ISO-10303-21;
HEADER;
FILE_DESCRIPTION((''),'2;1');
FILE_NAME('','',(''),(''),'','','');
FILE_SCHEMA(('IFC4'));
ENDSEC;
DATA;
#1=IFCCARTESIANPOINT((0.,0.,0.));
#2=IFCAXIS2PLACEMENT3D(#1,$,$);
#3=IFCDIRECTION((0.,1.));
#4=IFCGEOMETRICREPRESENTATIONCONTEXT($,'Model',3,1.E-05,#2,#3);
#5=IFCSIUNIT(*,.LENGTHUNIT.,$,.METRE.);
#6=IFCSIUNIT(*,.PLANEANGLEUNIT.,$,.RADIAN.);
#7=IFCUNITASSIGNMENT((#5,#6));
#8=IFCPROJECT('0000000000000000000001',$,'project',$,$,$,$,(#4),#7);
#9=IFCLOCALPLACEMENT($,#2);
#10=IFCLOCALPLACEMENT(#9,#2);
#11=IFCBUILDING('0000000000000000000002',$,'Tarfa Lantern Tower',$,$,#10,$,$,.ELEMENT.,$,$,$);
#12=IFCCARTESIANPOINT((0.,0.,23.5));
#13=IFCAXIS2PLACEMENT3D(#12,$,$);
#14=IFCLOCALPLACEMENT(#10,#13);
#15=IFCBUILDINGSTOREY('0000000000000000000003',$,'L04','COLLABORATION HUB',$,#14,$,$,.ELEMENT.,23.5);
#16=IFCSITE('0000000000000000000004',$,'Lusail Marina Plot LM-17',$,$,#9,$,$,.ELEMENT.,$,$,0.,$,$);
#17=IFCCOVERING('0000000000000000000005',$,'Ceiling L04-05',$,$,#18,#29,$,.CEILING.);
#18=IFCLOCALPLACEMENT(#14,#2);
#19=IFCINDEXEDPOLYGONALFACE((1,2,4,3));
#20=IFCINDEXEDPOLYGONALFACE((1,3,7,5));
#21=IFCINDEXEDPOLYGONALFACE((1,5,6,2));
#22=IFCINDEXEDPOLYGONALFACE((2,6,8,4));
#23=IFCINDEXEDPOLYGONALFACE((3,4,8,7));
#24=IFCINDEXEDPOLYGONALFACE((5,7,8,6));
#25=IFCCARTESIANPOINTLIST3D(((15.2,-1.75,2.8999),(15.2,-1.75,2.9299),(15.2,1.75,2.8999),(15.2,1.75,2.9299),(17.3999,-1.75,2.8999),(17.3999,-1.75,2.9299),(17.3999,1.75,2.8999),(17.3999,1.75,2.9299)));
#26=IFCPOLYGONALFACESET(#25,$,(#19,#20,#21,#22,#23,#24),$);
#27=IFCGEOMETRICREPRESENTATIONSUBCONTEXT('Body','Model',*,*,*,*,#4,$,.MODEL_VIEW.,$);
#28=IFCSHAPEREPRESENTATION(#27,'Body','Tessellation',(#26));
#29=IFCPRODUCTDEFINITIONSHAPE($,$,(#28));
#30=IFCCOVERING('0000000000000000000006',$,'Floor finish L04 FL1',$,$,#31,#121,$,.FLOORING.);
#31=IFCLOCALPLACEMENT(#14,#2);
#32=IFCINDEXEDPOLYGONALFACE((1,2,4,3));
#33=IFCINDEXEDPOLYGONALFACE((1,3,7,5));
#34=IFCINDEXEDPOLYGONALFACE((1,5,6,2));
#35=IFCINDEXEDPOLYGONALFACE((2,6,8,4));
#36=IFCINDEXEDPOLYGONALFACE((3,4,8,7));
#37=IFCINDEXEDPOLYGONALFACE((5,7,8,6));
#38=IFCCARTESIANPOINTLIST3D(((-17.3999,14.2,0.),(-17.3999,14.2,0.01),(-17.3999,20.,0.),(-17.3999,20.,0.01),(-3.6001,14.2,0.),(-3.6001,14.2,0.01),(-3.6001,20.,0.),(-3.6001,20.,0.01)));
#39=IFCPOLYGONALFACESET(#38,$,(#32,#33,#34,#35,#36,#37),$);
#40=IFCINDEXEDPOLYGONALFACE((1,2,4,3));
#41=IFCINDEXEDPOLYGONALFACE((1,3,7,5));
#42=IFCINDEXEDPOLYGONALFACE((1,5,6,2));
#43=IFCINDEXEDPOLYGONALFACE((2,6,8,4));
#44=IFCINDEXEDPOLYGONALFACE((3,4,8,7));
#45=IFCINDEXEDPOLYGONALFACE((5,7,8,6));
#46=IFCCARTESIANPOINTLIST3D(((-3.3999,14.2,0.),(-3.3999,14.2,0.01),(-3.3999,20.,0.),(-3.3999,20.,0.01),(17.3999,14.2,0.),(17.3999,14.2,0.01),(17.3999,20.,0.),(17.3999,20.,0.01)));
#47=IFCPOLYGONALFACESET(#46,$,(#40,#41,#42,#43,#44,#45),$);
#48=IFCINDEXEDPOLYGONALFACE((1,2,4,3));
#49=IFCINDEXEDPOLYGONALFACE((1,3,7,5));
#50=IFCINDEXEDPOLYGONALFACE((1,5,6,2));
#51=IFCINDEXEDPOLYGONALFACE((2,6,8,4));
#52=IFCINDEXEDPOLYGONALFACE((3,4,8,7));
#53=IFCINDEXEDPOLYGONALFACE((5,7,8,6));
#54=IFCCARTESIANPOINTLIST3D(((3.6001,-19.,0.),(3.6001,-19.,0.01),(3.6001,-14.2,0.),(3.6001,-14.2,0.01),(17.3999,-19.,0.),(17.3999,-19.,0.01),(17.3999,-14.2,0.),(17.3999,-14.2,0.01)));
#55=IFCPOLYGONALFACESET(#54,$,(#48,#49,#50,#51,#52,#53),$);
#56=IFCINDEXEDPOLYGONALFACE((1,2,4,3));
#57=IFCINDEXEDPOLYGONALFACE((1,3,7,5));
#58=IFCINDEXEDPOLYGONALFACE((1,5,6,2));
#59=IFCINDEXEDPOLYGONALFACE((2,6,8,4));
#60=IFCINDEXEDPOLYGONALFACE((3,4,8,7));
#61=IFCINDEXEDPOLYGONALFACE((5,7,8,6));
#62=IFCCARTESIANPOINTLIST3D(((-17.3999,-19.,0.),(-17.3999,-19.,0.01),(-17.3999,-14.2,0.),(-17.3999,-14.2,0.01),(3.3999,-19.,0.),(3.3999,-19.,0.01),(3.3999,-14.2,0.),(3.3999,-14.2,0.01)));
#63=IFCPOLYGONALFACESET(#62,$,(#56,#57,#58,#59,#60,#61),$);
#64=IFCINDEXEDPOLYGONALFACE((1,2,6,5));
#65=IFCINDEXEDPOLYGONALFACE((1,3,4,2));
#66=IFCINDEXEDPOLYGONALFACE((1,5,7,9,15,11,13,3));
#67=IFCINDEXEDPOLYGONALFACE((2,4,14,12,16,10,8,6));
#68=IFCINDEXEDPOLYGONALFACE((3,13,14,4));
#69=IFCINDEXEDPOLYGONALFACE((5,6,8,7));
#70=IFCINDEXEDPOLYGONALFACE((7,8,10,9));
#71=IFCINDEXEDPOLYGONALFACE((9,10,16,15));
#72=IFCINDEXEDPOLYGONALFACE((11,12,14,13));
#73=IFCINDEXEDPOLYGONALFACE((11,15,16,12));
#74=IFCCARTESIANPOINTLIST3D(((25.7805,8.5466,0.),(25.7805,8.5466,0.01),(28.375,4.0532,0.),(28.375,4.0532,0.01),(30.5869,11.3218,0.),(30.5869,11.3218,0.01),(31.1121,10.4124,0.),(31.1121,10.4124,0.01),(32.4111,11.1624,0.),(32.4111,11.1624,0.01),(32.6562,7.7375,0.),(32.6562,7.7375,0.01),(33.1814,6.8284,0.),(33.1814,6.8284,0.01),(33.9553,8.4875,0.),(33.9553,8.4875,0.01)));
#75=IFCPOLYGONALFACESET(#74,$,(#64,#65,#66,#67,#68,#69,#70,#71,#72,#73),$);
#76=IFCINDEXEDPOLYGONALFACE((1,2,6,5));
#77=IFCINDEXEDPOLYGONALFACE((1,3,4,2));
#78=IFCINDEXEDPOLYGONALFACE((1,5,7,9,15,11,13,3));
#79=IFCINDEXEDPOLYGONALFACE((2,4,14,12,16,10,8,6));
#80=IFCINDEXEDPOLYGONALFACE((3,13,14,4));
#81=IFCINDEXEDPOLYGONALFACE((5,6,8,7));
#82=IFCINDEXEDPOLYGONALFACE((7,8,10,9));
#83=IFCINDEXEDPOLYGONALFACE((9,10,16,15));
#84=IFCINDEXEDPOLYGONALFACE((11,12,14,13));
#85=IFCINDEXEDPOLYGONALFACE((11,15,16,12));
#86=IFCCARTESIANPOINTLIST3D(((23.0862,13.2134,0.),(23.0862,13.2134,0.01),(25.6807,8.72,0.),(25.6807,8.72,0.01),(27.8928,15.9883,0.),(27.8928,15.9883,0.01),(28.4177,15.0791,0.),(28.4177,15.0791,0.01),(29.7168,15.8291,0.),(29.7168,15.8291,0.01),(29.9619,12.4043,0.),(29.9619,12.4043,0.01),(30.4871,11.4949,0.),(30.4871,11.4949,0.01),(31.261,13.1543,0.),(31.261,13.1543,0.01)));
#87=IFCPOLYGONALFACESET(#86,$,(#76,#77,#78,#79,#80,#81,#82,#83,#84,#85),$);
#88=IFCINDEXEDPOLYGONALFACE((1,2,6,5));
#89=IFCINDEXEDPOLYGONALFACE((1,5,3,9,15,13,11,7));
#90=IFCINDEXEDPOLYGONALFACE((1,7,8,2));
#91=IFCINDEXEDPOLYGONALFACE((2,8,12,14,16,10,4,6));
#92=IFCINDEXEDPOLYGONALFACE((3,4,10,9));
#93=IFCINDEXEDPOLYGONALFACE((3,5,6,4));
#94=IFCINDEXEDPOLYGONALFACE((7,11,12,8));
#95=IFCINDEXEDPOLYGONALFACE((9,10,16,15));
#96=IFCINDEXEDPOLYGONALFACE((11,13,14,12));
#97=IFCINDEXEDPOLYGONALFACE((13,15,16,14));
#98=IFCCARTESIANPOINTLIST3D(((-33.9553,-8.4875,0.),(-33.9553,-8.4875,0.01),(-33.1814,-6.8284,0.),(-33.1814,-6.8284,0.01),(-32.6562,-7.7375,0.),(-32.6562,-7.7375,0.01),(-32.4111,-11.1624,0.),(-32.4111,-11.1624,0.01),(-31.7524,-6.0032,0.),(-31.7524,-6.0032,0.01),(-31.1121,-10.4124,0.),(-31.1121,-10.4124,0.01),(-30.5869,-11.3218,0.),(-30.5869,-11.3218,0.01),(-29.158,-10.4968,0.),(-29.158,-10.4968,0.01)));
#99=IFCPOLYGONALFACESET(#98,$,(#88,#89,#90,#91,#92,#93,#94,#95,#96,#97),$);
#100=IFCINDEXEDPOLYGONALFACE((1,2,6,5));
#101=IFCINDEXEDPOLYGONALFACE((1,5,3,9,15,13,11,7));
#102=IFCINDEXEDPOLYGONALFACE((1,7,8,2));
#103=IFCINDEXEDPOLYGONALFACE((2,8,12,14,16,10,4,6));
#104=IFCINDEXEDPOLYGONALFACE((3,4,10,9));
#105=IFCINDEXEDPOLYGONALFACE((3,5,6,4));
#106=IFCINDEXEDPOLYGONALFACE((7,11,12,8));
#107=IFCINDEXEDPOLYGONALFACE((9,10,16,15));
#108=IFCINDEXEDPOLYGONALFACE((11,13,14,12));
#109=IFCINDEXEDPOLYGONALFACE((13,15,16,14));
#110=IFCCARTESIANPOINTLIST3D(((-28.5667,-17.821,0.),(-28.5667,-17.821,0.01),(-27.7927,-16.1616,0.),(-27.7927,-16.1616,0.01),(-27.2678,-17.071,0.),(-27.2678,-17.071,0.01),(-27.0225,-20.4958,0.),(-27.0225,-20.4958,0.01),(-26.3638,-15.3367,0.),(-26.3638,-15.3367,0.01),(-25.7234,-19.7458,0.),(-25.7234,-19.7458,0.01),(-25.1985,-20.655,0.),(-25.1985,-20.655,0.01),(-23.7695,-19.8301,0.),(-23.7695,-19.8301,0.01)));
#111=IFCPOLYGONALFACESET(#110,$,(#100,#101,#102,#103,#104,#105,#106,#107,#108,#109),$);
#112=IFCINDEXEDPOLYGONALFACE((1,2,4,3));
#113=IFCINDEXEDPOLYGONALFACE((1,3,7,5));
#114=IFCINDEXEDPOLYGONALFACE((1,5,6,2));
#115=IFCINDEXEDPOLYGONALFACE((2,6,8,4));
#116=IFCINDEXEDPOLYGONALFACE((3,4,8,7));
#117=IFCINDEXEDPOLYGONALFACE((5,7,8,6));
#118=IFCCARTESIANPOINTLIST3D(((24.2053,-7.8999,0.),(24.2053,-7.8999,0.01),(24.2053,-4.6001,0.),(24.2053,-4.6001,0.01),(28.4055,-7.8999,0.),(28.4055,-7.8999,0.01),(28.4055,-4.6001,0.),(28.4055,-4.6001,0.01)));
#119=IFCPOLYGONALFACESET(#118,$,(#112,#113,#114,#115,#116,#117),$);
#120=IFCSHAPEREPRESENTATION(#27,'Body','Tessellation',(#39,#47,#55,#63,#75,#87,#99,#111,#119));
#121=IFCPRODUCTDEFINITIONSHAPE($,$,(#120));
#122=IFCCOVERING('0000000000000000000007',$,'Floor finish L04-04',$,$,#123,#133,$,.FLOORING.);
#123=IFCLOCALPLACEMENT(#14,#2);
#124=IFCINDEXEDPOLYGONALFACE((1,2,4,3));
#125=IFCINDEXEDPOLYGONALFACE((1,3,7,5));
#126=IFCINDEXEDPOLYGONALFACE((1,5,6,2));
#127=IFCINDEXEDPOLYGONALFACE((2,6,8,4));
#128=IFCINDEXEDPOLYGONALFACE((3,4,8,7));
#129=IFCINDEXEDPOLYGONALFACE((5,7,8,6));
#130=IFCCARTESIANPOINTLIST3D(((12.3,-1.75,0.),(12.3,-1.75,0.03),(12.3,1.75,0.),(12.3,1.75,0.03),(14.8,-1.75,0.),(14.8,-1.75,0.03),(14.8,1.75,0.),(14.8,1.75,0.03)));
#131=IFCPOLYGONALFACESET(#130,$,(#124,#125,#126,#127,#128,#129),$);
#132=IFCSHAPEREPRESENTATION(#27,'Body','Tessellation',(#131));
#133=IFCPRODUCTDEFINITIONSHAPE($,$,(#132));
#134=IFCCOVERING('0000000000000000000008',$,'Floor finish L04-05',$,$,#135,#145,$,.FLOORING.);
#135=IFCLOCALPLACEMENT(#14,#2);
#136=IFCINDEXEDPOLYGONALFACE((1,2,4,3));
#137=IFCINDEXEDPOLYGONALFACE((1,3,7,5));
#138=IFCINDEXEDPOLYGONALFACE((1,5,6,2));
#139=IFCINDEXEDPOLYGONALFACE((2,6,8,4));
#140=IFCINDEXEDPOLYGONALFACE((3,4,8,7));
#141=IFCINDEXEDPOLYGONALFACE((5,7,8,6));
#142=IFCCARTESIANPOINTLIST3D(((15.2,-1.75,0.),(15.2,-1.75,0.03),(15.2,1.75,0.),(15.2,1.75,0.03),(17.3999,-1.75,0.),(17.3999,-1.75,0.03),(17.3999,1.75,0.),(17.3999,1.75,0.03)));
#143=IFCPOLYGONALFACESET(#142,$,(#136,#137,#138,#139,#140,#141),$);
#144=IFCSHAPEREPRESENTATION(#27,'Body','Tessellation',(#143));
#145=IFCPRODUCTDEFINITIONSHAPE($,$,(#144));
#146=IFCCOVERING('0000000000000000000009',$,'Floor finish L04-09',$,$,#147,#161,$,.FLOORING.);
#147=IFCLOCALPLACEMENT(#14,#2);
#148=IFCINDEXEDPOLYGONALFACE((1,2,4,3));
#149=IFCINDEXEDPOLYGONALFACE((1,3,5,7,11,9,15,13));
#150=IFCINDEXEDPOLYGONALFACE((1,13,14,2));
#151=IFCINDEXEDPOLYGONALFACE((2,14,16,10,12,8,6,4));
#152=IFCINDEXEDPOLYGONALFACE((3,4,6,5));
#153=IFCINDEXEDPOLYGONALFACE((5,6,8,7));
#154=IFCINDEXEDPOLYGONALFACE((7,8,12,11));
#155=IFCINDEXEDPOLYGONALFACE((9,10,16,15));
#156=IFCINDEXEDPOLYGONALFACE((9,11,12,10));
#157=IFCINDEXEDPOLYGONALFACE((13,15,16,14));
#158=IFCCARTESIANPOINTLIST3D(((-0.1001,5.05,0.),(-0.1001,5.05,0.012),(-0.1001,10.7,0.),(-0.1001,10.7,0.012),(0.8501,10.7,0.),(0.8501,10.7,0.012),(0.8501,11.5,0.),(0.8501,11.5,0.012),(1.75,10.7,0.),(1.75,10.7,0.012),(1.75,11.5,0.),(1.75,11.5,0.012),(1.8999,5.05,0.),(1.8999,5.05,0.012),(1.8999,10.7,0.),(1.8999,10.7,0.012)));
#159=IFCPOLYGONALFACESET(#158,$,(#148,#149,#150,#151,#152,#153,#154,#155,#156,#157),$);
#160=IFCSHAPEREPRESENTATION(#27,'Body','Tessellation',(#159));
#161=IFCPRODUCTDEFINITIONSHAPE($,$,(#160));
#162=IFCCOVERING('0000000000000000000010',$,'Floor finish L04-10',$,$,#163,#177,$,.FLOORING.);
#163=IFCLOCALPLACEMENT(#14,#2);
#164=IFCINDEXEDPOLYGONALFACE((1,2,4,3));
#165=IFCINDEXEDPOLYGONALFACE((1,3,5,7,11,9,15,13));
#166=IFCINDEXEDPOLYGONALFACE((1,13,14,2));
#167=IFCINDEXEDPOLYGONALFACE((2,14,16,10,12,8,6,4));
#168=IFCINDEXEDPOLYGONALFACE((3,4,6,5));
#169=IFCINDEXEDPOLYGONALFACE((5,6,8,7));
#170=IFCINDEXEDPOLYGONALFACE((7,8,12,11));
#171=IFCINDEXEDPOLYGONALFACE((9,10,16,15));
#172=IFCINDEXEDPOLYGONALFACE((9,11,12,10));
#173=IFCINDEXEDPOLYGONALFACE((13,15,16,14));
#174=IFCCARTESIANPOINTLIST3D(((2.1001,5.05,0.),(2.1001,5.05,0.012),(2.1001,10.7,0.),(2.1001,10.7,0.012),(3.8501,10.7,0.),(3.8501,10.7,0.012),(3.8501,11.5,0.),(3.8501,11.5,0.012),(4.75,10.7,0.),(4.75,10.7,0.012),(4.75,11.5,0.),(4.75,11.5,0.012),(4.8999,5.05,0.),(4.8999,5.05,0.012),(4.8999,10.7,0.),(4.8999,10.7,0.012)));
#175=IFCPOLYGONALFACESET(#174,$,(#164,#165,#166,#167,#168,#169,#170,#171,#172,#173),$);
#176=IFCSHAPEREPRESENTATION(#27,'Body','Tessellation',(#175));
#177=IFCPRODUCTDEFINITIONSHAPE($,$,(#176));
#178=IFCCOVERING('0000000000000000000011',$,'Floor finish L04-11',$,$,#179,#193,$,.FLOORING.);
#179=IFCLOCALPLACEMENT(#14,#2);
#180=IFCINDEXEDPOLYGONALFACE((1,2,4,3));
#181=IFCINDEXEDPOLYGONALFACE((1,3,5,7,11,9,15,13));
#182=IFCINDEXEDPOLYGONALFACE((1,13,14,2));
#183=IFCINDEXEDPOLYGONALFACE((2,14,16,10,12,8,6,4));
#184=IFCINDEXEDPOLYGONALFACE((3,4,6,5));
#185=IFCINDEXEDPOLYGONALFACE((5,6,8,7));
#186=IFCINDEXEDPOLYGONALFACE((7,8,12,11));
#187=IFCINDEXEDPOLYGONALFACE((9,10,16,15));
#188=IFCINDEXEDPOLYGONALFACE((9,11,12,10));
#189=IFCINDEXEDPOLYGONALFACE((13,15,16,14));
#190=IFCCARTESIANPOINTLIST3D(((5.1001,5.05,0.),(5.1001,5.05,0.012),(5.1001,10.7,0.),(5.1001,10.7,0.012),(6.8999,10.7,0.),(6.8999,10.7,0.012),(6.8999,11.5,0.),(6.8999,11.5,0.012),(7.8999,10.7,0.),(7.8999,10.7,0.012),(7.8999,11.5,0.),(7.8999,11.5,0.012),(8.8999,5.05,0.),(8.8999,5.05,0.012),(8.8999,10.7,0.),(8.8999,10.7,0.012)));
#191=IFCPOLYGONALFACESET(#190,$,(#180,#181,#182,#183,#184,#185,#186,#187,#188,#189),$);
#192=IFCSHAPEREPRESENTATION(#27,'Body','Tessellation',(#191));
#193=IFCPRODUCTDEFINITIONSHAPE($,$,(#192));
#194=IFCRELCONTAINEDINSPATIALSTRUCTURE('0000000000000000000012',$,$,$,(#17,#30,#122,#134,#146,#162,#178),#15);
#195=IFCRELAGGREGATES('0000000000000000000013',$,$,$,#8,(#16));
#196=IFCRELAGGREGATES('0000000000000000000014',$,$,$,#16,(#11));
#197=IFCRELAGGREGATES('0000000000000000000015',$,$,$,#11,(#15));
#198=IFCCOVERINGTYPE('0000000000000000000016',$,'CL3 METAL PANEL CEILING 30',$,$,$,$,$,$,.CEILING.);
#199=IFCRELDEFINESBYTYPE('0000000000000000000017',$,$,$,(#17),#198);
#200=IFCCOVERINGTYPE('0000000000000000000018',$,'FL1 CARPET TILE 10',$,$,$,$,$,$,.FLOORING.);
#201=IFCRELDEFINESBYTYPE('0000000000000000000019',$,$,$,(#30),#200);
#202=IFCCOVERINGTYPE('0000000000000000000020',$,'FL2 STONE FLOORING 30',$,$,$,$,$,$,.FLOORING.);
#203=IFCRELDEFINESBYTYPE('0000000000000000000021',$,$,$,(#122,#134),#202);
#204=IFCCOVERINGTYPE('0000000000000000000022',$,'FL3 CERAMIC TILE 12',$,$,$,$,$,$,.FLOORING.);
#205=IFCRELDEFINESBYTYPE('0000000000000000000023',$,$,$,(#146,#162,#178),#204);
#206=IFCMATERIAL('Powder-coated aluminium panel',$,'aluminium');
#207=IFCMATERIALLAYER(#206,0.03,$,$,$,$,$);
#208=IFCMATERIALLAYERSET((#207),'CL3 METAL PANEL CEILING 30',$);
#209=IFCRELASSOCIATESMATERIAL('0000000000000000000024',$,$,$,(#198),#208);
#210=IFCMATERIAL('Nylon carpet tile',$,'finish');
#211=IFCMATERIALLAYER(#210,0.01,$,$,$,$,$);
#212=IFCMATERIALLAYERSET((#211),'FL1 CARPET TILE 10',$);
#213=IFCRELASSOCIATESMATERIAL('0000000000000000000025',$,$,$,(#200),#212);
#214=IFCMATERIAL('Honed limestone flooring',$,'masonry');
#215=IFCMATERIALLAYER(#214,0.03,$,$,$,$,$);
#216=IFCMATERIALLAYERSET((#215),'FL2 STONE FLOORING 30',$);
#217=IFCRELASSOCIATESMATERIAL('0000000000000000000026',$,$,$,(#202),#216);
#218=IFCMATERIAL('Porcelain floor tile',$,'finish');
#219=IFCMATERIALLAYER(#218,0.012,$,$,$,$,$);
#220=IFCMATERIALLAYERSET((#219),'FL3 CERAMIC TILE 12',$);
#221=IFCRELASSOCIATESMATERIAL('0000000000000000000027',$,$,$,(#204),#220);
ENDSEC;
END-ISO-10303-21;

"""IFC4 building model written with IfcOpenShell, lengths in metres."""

from ifc_helpers import new_model, si_unit, direction, frame, origin, place, context, subcontext, project, spatial, polyline, outline, extrude, material, layer, layer_set, type_object, element, save


model = new_model("IFC4")

# Units and contexts
model_context = context("Model", 3, precision=1e-05, world=origin(), true_north=direction((0.0, 1.0)))
body_context = subcontext(model_context, "Body", "Model", "MODEL_VIEW")
ifc_project = project(units=[si_unit("LENGTHUNIT", "METRE"), si_unit("PLANEANGLEUNIT", "RADIAN")], contexts=[model_context])

# Site, building, storey
site_placement = place(None, origin())
site = spatial("IfcSite", under=ifc_project, at=site_placement, Name="Lusail Marina Plot LM-17", CompositionType="ELEMENT", RefElevation=0.0)
building_placement = place(site_placement, origin())
building = spatial("IfcBuilding", under=site, at=building_placement, Name="Tarfa Lantern Tower", CompositionType="ELEMENT")
storey_placement = place(building_placement, frame((0.0, 0.0, 23.5)))
storey = spatial("IfcBuildingStorey", under=building, at=storey_placement, Name="L04", Description="COLLABORATION HUB", CompositionType="ELEMENT", Elevation=23.5)

# Coverings
ifc_material_1 = material(Name="Powder-coated aluminium panel", Category="aluminium")
ifc_layer_1 = layer(ifc_material_1, 0.03)
ifc_layer_set_1 = layer_set([ifc_layer_1], Name="CL3 METAL PANEL CEILING 30")
covering_type_1 = type_object("IfcCoveringType", Name="CL3 METAL PANEL CEILING 30", PredefinedType="CEILING", material=ifc_layer_set_1)
covering_1_placement = place(storey_placement, frame((0.0, 0.0, 2.8999)))
element("IfcCovering", 1, at=covering_1_placement, inside=storey, type_object=covering_type_1, Name="Ceiling L04-05", PredefinedType="CEILING", context=body_context, shape_type="SweptSolid", body=[
    extrude(outline(polyline([(15.2, -1.75), (17.3999, -1.75), (17.3999, 1.75), (15.2, 1.75), (15.2, -1.75)])), origin(), (0.0, 0.0, 1.0), 0.03),
])
ifc_material_2 = material(Name="Nylon carpet tile", Category="finish")
ifc_layer_2 = layer(ifc_material_2, 0.01)
ifc_layer_set_2 = layer_set([ifc_layer_2], Name="FL1 CARPET TILE 10")
covering_type_2 = type_object("IfcCoveringType", Name="FL1 CARPET TILE 10", PredefinedType="FLOORING", material=ifc_layer_set_2)
covering_2_placement = place(storey_placement, origin())
element("IfcCovering", 2, at=covering_2_placement, inside=storey, type_object=covering_type_2, Name="Floor finish L04 FL1", PredefinedType="FLOORING", context=body_context, shape_type="SweptSolid", body=[
    extrude(outline(polyline([(-17.3999, 20.0), (-3.6001, 20.0), (-3.6001, 14.2), (-17.3999, 14.2), (-17.3999, 20.0)])), origin(), (0.0, 0.0, 1.0), 0.01),
    extrude(outline(polyline([(-3.3999, 20.0), (17.3999, 20.0), (17.3999, 14.2), (-3.3999, 14.2), (-3.3999, 20.0)])), origin(), (0.0, 0.0, 1.0), 0.01),
    extrude(outline(polyline([(3.6001, -14.2), (17.3999, -14.2), (17.3999, -19.0), (3.6001, -19.0), (3.6001, -14.2)])), origin(), (0.0, 0.0, 1.0), 0.01),
    extrude(outline(polyline([(-17.3999, -14.2), (3.3999, -14.2), (3.3999, -19.0), (-17.3999, -19.0), (-17.3999, -14.2)])), origin(), (0.0, 0.0, 1.0), 0.01),
    extrude(outline(polyline([(25.7805, 8.5466), (30.5869, 11.3218), (31.1121, 10.4124), (32.4111, 11.1624), (33.9553, 8.4875), (32.6562, 7.7375), (33.1814, 6.8284), (28.375, 4.0532), (25.7805, 8.5466)])), origin(), (0.0, 0.0, 1.0), 0.01),
    extrude(outline(polyline([(23.0862, 13.2134), (27.8928, 15.9883), (28.4177, 15.0791), (29.7168, 15.8291), (31.261, 13.1543), (29.9619, 12.4043), (30.4871, 11.4949), (25.6807, 8.72), (23.0862, 13.2134)])), origin(), (0.0, 0.0, 1.0), 0.01),
    extrude(outline(polyline([(-29.158, -10.4968), (-30.5869, -11.3218), (-31.1121, -10.4124), (-32.4111, -11.1624), (-33.9553, -8.4875), (-32.6562, -7.7375), (-33.1814, -6.8284), (-31.7524, -6.0032), (-29.158, -10.4968)])), origin(), (0.0, 0.0, 1.0), 0.01),
    extrude(outline(polyline([(-23.7695, -19.8301), (-25.1985, -20.655), (-25.7234, -19.7458), (-27.0225, -20.4958), (-28.5667, -17.821), (-27.2678, -17.071), (-27.7927, -16.1616), (-26.3638, -15.3367), (-23.7695, -19.8301)])), origin(), (0.0, 0.0, 1.0), 0.01),
    extrude(outline(polyline([(28.4055, -4.6001), (28.4055, -7.8999), (24.2053, -7.8999), (24.2053, -4.6001), (28.4055, -4.6001)])), origin(), (0.0, 0.0, 1.0), 0.01),
])
ifc_material_3 = material(Name="Honed limestone flooring", Category="masonry")
ifc_layer_3 = layer(ifc_material_3, 0.03)
ifc_layer_set_3 = layer_set([ifc_layer_3], Name="FL2 STONE FLOORING 30")
covering_type_3 = type_object("IfcCoveringType", Name="FL2 STONE FLOORING 30", PredefinedType="FLOORING", material=ifc_layer_set_3)
covering_3_placement = place(storey_placement, origin())
element("IfcCovering", 3, at=covering_3_placement, inside=storey, type_object=covering_type_3, Name="Floor finish L04-04", PredefinedType="FLOORING", context=body_context, shape_type="SweptSolid", body=[
    extrude(outline(polyline([(12.3, -1.75), (14.8, -1.75), (14.8, 1.75), (12.3, 1.75), (12.3, -1.75)])), origin(), (0.0, 0.0, 1.0), 0.03),
])
covering_4_placement = place(storey_placement, origin())
element("IfcCovering", 4, at=covering_4_placement, inside=storey, type_object=covering_type_3, Name="Floor finish L04-05", PredefinedType="FLOORING", context=body_context, shape_type="SweptSolid", body=[
    extrude(outline(polyline([(15.2, -1.75), (17.3999, -1.75), (17.3999, 1.75), (15.2, 1.75), (15.2, -1.75)])), origin(), (0.0, 0.0, 1.0), 0.03),
])
ifc_material_4 = material(Name="Porcelain floor tile", Category="finish")
ifc_layer_4 = layer(ifc_material_4, 0.012)
ifc_layer_set_4 = layer_set([ifc_layer_4], Name="FL3 CERAMIC TILE 12")
covering_type_4 = type_object("IfcCoveringType", Name="FL3 CERAMIC TILE 12", PredefinedType="FLOORING", material=ifc_layer_set_4)
covering_5_placement = place(storey_placement, origin())
element("IfcCovering", 5, at=covering_5_placement, inside=storey, type_object=covering_type_4, Name="Floor finish L04-09", PredefinedType="FLOORING", context=body_context, shape_type="SweptSolid", body=[
    extrude(outline(polyline([(0.8501, 10.7), (-0.1001, 10.7), (-0.1001, 5.05), (1.8999, 5.05), (1.8999, 10.7), (1.75, 10.7), (1.75, 11.5), (1.75, 11.5), (0.8501, 11.5), (0.8501, 10.7)])), origin(), (0.0, 0.0, 1.0), 0.012),
])
covering_6_placement = place(storey_placement, origin())
element("IfcCovering", 6, at=covering_6_placement, inside=storey, type_object=covering_type_4, Name="Floor finish L04-10", PredefinedType="FLOORING", context=body_context, shape_type="SweptSolid", body=[
    extrude(outline(polyline([(2.1001, 5.05), (4.8999, 5.05), (4.8999, 10.7), (4.75, 10.7), (4.75, 11.5), (3.8501, 11.5), (3.8501, 10.7), (2.1001, 10.7), (2.1001, 5.05)])), origin(), (0.0, 0.0, 1.0), 0.012),
])
covering_7_placement = place(storey_placement, origin())
element("IfcCovering", 7, at=covering_7_placement, inside=storey, type_object=covering_type_4, Name="Floor finish L04-11", PredefinedType="FLOORING", context=body_context, shape_type="SweptSolid", body=[
    extrude(outline(polyline([(5.1001, 5.05), (8.8999, 5.05), (8.8999, 10.7), (7.8999, 10.7), (7.8999, 11.5), (6.8999, 11.5), (6.8999, 10.7), (5.1001, 10.7), (5.1001, 5.05)])), origin(), (0.0, 0.0, 1.0), 0.012),
])

save(model, "model.ifc")
